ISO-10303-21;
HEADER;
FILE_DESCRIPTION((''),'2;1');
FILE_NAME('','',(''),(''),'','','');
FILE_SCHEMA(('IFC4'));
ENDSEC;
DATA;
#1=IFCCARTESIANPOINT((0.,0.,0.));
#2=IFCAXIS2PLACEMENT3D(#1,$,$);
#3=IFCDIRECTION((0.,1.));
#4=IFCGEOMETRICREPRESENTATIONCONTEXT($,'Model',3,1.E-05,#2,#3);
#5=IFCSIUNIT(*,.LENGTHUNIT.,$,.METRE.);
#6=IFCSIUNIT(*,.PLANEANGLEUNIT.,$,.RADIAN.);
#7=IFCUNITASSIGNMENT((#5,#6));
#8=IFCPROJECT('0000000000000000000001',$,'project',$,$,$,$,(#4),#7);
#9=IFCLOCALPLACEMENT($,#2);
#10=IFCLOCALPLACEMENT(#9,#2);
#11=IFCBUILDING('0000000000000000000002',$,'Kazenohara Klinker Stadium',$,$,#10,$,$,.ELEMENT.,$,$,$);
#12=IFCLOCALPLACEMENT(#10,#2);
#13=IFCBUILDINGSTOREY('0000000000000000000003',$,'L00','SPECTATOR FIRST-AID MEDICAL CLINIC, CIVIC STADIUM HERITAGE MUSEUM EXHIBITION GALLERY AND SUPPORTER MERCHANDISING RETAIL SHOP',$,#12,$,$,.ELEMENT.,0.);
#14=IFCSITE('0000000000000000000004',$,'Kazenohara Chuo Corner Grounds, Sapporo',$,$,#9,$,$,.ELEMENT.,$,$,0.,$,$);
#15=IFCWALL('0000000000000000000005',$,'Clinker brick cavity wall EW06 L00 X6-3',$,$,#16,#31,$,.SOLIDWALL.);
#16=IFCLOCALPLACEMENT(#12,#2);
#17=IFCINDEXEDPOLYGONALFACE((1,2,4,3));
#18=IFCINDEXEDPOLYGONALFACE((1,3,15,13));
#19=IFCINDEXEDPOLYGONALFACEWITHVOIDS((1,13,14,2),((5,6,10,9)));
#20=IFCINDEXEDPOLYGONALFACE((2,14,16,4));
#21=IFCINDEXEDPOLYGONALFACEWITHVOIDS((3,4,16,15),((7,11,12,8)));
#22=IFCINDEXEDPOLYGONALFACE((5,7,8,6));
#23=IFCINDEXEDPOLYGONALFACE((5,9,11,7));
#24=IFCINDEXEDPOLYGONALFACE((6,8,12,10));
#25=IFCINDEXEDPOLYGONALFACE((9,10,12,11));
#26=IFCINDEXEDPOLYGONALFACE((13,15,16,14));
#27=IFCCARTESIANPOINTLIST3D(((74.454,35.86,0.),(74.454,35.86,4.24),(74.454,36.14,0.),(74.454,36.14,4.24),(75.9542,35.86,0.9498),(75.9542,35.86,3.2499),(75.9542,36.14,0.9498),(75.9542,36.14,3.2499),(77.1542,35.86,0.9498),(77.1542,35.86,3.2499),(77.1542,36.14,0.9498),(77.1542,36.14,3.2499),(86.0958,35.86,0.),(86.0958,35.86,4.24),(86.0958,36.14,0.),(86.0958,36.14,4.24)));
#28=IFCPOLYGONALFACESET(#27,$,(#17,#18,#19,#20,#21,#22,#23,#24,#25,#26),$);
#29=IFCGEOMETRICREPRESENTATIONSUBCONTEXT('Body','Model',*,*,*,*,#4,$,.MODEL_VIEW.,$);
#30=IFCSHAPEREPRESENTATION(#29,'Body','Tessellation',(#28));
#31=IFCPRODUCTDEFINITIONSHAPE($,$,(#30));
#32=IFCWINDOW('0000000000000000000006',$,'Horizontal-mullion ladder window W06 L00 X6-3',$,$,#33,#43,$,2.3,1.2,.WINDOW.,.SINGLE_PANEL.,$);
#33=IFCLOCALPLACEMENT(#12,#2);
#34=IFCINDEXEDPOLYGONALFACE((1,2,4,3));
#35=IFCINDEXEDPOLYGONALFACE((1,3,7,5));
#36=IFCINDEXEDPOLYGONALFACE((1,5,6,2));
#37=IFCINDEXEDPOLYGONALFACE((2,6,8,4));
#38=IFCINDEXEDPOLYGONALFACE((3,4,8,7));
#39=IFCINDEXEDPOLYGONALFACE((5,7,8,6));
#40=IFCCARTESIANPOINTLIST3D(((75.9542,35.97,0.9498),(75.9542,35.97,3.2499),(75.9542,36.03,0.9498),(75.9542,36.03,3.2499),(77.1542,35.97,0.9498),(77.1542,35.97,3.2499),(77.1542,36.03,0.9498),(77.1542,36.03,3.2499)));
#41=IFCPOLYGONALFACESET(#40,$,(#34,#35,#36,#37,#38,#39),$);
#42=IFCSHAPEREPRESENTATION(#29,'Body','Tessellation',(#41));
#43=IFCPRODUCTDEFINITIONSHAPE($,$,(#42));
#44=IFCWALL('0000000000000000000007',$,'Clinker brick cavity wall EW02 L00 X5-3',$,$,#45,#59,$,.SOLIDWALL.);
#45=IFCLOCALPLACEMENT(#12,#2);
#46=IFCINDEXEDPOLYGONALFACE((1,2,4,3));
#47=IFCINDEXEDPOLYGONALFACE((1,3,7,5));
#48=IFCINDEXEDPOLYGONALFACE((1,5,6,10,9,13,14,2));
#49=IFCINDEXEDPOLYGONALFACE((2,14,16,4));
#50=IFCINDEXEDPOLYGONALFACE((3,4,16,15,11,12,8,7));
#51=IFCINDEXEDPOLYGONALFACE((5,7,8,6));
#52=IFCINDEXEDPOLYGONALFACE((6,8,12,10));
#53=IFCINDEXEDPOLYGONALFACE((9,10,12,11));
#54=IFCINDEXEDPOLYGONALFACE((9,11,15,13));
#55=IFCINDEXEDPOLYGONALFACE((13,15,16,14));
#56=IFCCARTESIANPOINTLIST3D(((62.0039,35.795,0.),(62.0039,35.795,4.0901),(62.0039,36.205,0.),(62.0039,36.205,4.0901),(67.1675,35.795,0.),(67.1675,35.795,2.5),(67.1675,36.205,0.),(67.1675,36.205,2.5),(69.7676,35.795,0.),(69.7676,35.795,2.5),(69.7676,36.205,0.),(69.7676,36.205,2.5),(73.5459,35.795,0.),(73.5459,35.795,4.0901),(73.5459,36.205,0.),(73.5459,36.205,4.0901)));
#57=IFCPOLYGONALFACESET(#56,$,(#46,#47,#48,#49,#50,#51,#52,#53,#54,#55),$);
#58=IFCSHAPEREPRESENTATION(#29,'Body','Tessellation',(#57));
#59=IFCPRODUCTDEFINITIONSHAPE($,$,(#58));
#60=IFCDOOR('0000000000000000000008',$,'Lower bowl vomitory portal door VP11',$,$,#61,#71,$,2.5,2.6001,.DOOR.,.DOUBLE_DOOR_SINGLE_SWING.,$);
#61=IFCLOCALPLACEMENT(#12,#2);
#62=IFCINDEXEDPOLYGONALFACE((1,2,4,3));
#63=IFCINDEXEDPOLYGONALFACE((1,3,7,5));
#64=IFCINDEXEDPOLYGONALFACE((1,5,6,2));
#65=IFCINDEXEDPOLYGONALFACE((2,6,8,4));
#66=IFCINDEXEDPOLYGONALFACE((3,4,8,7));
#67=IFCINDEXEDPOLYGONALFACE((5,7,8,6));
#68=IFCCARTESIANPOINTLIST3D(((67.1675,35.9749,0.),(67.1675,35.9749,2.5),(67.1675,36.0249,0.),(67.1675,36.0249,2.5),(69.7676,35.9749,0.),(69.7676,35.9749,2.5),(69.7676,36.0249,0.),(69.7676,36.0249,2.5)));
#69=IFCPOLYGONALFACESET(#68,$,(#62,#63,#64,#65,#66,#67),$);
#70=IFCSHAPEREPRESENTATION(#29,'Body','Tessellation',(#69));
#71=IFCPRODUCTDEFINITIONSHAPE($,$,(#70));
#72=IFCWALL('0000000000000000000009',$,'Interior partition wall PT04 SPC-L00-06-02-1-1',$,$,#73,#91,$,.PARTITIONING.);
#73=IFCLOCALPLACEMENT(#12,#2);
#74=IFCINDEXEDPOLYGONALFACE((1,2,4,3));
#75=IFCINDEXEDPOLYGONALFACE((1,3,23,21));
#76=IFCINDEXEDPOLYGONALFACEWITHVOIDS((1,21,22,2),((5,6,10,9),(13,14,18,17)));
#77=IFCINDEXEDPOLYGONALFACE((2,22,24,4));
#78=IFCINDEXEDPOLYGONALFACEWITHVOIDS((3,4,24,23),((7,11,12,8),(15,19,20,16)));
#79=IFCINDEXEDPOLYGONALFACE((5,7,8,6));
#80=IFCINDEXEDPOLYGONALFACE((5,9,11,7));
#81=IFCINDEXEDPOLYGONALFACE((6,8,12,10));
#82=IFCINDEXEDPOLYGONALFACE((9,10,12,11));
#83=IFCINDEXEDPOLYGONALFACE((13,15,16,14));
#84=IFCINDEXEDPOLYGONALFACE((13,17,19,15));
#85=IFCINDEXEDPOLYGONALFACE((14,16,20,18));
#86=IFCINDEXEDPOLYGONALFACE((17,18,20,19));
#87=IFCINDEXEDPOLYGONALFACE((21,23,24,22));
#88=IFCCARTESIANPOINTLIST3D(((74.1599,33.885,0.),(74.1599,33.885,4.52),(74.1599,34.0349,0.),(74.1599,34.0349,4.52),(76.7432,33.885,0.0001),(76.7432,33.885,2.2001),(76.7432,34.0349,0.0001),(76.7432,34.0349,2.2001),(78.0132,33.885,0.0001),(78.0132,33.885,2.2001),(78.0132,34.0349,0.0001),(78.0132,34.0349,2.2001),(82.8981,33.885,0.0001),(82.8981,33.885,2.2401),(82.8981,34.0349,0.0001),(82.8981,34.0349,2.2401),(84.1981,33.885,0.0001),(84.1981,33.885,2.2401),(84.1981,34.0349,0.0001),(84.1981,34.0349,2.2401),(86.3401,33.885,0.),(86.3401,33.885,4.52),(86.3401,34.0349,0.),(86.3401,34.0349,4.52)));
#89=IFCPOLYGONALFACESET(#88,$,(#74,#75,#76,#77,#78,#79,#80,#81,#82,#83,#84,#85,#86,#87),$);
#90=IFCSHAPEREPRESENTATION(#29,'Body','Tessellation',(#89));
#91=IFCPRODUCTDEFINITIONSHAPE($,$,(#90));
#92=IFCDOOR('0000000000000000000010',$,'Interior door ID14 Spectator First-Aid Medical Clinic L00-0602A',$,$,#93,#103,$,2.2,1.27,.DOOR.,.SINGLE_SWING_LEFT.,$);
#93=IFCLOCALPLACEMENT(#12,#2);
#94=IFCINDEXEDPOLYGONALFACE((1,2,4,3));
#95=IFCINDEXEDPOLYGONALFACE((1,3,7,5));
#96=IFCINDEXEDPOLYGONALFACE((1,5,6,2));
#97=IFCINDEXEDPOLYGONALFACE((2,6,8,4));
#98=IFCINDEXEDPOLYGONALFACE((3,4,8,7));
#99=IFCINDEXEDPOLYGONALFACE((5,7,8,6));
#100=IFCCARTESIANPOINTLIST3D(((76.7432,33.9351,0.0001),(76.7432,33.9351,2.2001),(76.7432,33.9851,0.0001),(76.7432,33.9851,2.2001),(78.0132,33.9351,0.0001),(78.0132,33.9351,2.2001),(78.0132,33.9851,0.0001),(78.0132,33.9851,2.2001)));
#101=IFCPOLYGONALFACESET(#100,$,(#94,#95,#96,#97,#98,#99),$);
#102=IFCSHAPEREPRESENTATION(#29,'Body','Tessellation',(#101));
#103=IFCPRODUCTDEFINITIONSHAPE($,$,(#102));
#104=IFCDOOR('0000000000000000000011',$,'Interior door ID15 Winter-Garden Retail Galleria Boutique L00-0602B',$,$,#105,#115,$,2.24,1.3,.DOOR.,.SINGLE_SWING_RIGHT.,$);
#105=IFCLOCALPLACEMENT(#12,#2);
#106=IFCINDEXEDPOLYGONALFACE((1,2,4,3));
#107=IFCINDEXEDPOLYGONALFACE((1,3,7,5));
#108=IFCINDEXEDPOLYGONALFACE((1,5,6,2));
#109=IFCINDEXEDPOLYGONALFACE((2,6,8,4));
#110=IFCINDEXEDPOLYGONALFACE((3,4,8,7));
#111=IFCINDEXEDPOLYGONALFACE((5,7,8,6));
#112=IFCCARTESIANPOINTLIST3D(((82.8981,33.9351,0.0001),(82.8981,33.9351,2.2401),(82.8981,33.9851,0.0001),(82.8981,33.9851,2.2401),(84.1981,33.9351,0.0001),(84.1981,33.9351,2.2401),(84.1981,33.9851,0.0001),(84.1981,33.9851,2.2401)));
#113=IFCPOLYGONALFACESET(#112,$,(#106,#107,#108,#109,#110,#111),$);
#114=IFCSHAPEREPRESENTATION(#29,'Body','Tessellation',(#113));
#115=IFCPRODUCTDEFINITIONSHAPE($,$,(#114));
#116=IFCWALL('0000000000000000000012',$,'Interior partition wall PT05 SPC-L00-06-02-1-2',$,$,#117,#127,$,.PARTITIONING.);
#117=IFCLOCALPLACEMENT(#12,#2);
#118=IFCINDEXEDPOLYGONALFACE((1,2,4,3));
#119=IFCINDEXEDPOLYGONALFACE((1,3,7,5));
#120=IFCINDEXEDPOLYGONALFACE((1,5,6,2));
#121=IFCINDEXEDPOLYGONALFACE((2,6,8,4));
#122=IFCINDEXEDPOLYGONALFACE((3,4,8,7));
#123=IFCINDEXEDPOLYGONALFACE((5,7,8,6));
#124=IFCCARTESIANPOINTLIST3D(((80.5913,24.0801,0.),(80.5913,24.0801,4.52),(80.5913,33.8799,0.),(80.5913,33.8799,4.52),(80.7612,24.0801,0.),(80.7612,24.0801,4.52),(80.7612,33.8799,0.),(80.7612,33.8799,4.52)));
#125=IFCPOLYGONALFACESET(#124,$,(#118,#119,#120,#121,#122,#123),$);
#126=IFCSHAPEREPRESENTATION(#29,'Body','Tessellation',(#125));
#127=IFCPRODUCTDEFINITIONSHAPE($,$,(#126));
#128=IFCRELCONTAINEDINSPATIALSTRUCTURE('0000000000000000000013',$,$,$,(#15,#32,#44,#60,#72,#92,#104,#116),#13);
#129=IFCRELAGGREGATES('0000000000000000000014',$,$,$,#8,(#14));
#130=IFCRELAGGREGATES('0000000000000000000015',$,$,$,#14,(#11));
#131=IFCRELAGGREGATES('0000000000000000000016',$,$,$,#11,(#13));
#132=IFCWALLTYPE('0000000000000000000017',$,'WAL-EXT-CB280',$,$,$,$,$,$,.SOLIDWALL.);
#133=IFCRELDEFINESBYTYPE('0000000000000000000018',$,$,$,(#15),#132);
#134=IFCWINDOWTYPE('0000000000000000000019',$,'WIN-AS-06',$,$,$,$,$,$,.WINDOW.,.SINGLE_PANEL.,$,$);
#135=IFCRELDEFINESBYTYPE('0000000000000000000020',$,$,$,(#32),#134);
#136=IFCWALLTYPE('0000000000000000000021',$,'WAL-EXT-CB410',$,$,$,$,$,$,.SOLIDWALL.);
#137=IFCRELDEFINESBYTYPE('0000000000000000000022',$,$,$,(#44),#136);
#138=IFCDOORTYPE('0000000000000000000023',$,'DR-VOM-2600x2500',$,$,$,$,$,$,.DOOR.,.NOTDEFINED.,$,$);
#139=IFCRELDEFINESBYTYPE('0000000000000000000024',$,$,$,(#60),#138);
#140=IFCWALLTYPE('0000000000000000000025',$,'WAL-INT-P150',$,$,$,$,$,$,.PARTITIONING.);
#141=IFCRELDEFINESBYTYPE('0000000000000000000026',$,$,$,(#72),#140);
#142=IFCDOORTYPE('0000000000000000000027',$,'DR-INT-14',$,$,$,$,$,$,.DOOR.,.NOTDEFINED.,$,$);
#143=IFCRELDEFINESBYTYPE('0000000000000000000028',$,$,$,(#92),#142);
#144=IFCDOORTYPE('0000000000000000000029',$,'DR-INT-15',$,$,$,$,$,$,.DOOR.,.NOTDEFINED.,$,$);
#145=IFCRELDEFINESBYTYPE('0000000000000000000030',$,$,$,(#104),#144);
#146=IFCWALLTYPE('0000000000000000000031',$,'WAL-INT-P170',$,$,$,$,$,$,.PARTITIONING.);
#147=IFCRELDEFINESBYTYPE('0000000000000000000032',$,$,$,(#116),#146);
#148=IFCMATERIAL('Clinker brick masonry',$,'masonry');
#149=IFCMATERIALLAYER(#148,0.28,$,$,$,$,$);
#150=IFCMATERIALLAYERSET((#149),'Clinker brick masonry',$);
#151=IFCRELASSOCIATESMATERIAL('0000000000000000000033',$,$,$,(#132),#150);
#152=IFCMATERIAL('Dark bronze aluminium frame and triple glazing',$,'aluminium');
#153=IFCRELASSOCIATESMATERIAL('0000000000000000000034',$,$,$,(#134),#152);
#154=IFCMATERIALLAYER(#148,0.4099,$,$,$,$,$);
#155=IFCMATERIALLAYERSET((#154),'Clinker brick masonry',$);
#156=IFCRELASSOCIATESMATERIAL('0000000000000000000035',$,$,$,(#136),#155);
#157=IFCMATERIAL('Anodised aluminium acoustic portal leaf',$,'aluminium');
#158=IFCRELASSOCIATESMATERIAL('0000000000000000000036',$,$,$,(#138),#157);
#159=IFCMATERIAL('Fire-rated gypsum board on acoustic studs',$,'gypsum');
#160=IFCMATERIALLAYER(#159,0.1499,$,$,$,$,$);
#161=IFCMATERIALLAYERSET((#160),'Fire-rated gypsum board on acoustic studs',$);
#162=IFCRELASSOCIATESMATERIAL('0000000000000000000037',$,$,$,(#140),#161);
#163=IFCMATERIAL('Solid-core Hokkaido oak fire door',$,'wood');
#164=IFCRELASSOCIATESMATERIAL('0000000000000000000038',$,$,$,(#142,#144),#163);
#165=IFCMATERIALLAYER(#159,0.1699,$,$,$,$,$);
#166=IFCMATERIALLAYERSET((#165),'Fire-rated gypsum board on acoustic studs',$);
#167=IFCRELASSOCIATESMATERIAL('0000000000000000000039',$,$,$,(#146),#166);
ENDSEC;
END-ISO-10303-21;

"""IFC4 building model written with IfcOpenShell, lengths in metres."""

from ifc_helpers import new_model, si_unit, direction, frame, frame_2d, origin, place, context, subcontext, project, spatial, rectangle, extrude, material, layer, layer_set, type_object, element, fill, save


model = new_model("IFC4")

# Units and contexts
model_context = context("Model", 3, precision=1e-05, world=origin(), true_north=direction((0.0, 1.0)))
body_context = subcontext(model_context, "Body", "Model", "MODEL_VIEW")
ifc_project = project(units=[si_unit("LENGTHUNIT", "METRE"), si_unit("PLANEANGLEUNIT", "RADIAN")], contexts=[model_context])

# Site, building, storey
site_placement = place(None, origin())
site = spatial("IfcSite", under=ifc_project, at=site_placement, Name="Kazenohara Chuo Corner Grounds, Sapporo", CompositionType="ELEMENT", RefElevation=0.0)
building_placement = place(site_placement, origin())
building = spatial("IfcBuilding", under=site, at=building_placement, Name="Kazenohara Klinker Stadium", CompositionType="ELEMENT")
storey_placement = place(building_placement, origin())
storey = spatial("IfcBuildingStorey", under=building, at=storey_placement, Name="L00", Description="SPECTATOR FIRST-AID MEDICAL CLINIC, CIVIC STADIUM HERITAGE MUSEUM EXHIBITION GALLERY AND SUPPORTER MERCHANDISING RETAIL SHOP", CompositionType="ELEMENT", Elevation=0.0)

# Wall, opening, window
ifc_material_1 = material(Name="Clinker brick masonry", Category="masonry")
ifc_layer_1 = layer(ifc_material_1, 0.28)
ifc_layer_set_1 = layer_set([ifc_layer_1], Name="Clinker brick masonry")
wall_type_1 = type_object("IfcWallType", Name="WAL-EXT-CB280", PredefinedType="SOLIDWALL", material=ifc_layer_set_1)
wall_1_placement = place(storey_placement, frame((74.4541, 36.0, 0.0), z_axis=(0.0, 0.0, 1.0), x_axis=(1.0, 0.0, 0.0)))
wall_1 = element("IfcWall", 1, at=wall_1_placement, inside=storey, type_object=wall_type_1, Name="Clinker brick cavity wall EW06 L00 X6-3", PredefinedType="SOLIDWALL", context=body_context, shape_type="SweptSolid", body=[
    extrude(rectangle(XDim=11.6418, YDim=0.28, at=frame_2d((5.8208, 0.0))), origin(), (0.0, 0.0, 1.0), 4.24),
])
opening_1_placement = place(wall_1_placement, frame((1.5, 0.0, 0.95)))
opening_1 = element("IfcOpeningElement", 2, at=opening_1_placement, cuts=wall_1, PredefinedType="OPENING", context=body_context, shape_type="SweptSolid", body=[
    extrude(rectangle(XDim=1.2, YDim=2.3, at=frame_2d((0.6001, 1.1499))), frame((0.0, 0.1499, 0.0), z_axis=(0.0, -1.0, 0.0), x_axis=(1.0, 0.0, 0.0)), (0.0, 0.0, 1.0), 0.3),
])
ifc_material_2 = material(Name="Dark bronze aluminium frame and triple glazing", Category="aluminium")
window_type = type_object("IfcWindowType", Name="WIN-AS-06", PartitioningType="SINGLE_PANEL", PredefinedType="WINDOW", material=ifc_material_2)
window_placement = place(opening_1_placement, origin())
window = element("IfcWindow", 3, at=window_placement, inside=storey, type_object=window_type, Name="Horizontal-mullion ladder window W06 L00 X6-3", OverallHeight=2.3, OverallWidth=1.2, PartitioningType="SINGLE_PANEL", PredefinedType="WINDOW", context=body_context, shape_type="SweptSolid", body=[
    extrude(rectangle(XDim=1.2, YDim=2.3, at=frame_2d((0.6001, 1.1499))), frame((0.0, 0.03, 0.0), z_axis=(0.0, -1.0, 0.0), x_axis=(1.0, 0.0, 0.0)), (0.0, 0.0, 1.0), 0.0601),
])
fill(opening_1, window)

# Wall, opening, door
ifc_layer_2 = layer(ifc_material_1, 0.4099)
ifc_layer_set_2 = layer_set([ifc_layer_2], Name="Clinker brick masonry")
wall_type_2 = type_object("IfcWallType", Name="WAL-EXT-CB410", PredefinedType="SOLIDWALL", material=ifc_layer_set_2)
wall_2_placement = place(storey_placement, frame((62.0039, 36.0, 0.0), z_axis=(0.0, 0.0, 1.0), x_axis=(1.0, 0.0, 0.0)))
wall_2 = element("IfcWall", 4, at=wall_2_placement, inside=storey, type_object=wall_type_2, Name="Clinker brick cavity wall EW02 L00 X5-3", PredefinedType="SOLIDWALL", context=body_context, shape_type="SweptSolid", body=[
    extrude(rectangle(XDim=11.542, YDim=0.4099, at=frame_2d((5.771, 0.0))), origin(), (0.0, 0.0, 1.0), 4.0901),
])
opening_2_placement = place(wall_2_placement, frame((5.1636, 0.0, 0.0)))
opening_2 = element("IfcOpeningElement", 5, at=opening_2_placement, cuts=wall_2, PredefinedType="OPENING", context=body_context, shape_type="SweptSolid", body=[
    extrude(rectangle(XDim=2.6001, YDim=2.5, at=frame_2d((1.3, 1.25))), frame((0.0, 0.2148, 0.0), z_axis=(0.0, -1.0, 0.0), x_axis=(1.0, 0.0, 0.0)), (0.0, 0.0, 1.0), 0.4299),
])
ifc_material_3 = material(Name="Anodised aluminium acoustic portal leaf", Category="aluminium")
door_type_1 = type_object("IfcDoorType", Name="DR-VOM-2600x2500", OperationType="NOTDEFINED", PredefinedType="DOOR", material=ifc_material_3)
door_1_placement = place(opening_2_placement, origin())
door_1 = element("IfcDoor", 6, at=door_1_placement, inside=storey, type_object=door_type_1, Name="Lower bowl vomitory portal door VP11", OperationType="DOUBLE_DOOR_SINGLE_SWING", OverallHeight=2.5, OverallWidth=2.6001, PredefinedType="DOOR", context=body_context, shape_type="SweptSolid", body=[
    extrude(rectangle(XDim=2.6001, YDim=2.5, at=frame_2d((1.3, 1.25))), frame((0.0, 0.0249, 0.0), z_axis=(0.0, -1.0, 0.0), x_axis=(1.0, 0.0, 0.0)), (0.0, 0.0, 1.0), 0.05),
])
fill(opening_2, door_1)

# Wall, openings, doors
ifc_material_4 = material(Name="Fire-rated gypsum board on acoustic studs", Category="gypsum")
ifc_layer_3 = layer(ifc_material_4, 0.1499)
ifc_layer_set_3 = layer_set([ifc_layer_3], Name="Fire-rated gypsum board on acoustic studs")
wall_type_3 = type_object("IfcWallType", Name="WAL-INT-P150", PredefinedType="PARTITIONING", material=ifc_layer_set_3)
wall_3_placement = place(storey_placement, frame((74.1599, 33.96, 0.0), z_axis=(0.0, 0.0, 1.0), x_axis=(1.0, 0.0, 0.0)))
wall_3 = element("IfcWall", 7, at=wall_3_placement, inside=storey, type_object=wall_type_3, Name="Interior partition wall PT04 SPC-L00-06-02-1-1", PredefinedType="PARTITIONING", context=body_context, shape_type="SweptSolid", body=[
    extrude(rectangle(XDim=12.1802, YDim=0.1499, at=frame_2d((6.0901, 0.0))), origin(), (0.0, 0.0, 1.0), 4.52),
])
opening_3_placement = place(wall_3_placement, frame((3.8533, 0.0, 0.0), z_axis=(0.0, 0.0, 1.0), x_axis=(-1.0, 0.0, 0.0)))
opening_3 = element("IfcOpeningElement", 8, at=opening_3_placement, cuts=wall_3, PredefinedType="OPENING", context=body_context, shape_type="SweptSolid", body=[
    extrude(rectangle(XDim=1.27, YDim=2.2, at=frame_2d((0.635, 1.1001))), frame((0.0, 0.085, 0.0), z_axis=(0.0, -1.0, 0.0), x_axis=(1.0, 0.0, 0.0)), (0.0, 0.0, 1.0), 0.1699),
])
opening_4_placement = place(wall_3_placement, frame((10.0381, 0.0, 0.0), z_axis=(0.0, 0.0, 1.0), x_axis=(-1.0, 0.0, 0.0)))
opening_4 = element("IfcOpeningElement", 9, at=opening_4_placement, cuts=wall_3, PredefinedType="OPENING", context=body_context, shape_type="SweptSolid", body=[
    extrude(rectangle(XDim=1.3, YDim=2.24, at=frame_2d((0.6499, 1.1201))), frame((0.0, 0.085, 0.0), z_axis=(0.0, -1.0, 0.0), x_axis=(1.0, 0.0, 0.0)), (0.0, 0.0, 1.0), 0.1699),
])
ifc_material_5 = material(Name="Solid-core Hokkaido oak fire door", Category="wood")
door_type_2 = type_object("IfcDoorType", Name="DR-INT-14", OperationType="NOTDEFINED", PredefinedType="DOOR", material=ifc_material_5)
door_2_placement = place(opening_3_placement, origin())
door_2 = element("IfcDoor", 10, at=door_2_placement, inside=storey, type_object=door_type_2, Name="Interior door ID14 Spectator First-Aid Medical Clinic L00-0602A", OperationType="SINGLE_SWING_LEFT", OverallHeight=2.2, OverallWidth=1.27, PredefinedType="DOOR", context=body_context, shape_type="SweptSolid", body=[
    extrude(rectangle(XDim=1.27, YDim=2.2, at=frame_2d((0.635, 1.1001))), frame((0.0, 0.0249, 0.0), z_axis=(0.0, -1.0, 0.0), x_axis=(1.0, 0.0, 0.0)), (0.0, 0.0, 1.0), 0.05),
])
fill(opening_3, door_2)
door_type_3 = type_object("IfcDoorType", Name="DR-INT-15", OperationType="NOTDEFINED", PredefinedType="DOOR", material=ifc_material_5)
door_3_placement = place(opening_4_placement, origin())
door_3 = element("IfcDoor", 11, at=door_3_placement, inside=storey, type_object=door_type_3, Name="Interior door ID15 Winter-Garden Retail Galleria Boutique L00-0602B", OperationType="SINGLE_SWING_RIGHT", OverallHeight=2.24, OverallWidth=1.3, PredefinedType="DOOR", context=body_context, shape_type="SweptSolid", body=[
    extrude(rectangle(XDim=1.3, YDim=2.24, at=frame_2d((0.6499, 1.1201))), frame((0.0, 0.0249, 0.0), z_axis=(0.0, -1.0, 0.0), x_axis=(1.0, 0.0, 0.0)), (0.0, 0.0, 1.0), 0.05),
])
fill(opening_4, door_3)

# Wall
ifc_layer_4 = layer(ifc_material_4, 0.1699)
ifc_layer_set_4 = layer_set([ifc_layer_4], Name="Fire-rated gypsum board on acoustic studs")
wall_type_4 = type_object("IfcWallType", Name="WAL-INT-P170", PredefinedType="PARTITIONING", material=ifc_layer_set_4)
wall_4_placement = place(storey_placement, frame((80.6763, 24.0801, 0.0), z_axis=(0.0, 0.0, 1.0), x_axis=(0.0, 1.0, 0.0)))
element("IfcWall", 12, at=wall_4_placement, inside=storey, type_object=wall_type_4, Name="Interior partition wall PT05 SPC-L00-06-02-1-2", PredefinedType="PARTITIONING", context=body_context, shape_type="SweptSolid", body=[
    extrude(rectangle(XDim=9.7998, YDim=0.1699, at=frame_2d((4.8999, 0.0))), origin(), (0.0, 0.0, 1.0), 4.52),
])

save(model, "model.ifc")
